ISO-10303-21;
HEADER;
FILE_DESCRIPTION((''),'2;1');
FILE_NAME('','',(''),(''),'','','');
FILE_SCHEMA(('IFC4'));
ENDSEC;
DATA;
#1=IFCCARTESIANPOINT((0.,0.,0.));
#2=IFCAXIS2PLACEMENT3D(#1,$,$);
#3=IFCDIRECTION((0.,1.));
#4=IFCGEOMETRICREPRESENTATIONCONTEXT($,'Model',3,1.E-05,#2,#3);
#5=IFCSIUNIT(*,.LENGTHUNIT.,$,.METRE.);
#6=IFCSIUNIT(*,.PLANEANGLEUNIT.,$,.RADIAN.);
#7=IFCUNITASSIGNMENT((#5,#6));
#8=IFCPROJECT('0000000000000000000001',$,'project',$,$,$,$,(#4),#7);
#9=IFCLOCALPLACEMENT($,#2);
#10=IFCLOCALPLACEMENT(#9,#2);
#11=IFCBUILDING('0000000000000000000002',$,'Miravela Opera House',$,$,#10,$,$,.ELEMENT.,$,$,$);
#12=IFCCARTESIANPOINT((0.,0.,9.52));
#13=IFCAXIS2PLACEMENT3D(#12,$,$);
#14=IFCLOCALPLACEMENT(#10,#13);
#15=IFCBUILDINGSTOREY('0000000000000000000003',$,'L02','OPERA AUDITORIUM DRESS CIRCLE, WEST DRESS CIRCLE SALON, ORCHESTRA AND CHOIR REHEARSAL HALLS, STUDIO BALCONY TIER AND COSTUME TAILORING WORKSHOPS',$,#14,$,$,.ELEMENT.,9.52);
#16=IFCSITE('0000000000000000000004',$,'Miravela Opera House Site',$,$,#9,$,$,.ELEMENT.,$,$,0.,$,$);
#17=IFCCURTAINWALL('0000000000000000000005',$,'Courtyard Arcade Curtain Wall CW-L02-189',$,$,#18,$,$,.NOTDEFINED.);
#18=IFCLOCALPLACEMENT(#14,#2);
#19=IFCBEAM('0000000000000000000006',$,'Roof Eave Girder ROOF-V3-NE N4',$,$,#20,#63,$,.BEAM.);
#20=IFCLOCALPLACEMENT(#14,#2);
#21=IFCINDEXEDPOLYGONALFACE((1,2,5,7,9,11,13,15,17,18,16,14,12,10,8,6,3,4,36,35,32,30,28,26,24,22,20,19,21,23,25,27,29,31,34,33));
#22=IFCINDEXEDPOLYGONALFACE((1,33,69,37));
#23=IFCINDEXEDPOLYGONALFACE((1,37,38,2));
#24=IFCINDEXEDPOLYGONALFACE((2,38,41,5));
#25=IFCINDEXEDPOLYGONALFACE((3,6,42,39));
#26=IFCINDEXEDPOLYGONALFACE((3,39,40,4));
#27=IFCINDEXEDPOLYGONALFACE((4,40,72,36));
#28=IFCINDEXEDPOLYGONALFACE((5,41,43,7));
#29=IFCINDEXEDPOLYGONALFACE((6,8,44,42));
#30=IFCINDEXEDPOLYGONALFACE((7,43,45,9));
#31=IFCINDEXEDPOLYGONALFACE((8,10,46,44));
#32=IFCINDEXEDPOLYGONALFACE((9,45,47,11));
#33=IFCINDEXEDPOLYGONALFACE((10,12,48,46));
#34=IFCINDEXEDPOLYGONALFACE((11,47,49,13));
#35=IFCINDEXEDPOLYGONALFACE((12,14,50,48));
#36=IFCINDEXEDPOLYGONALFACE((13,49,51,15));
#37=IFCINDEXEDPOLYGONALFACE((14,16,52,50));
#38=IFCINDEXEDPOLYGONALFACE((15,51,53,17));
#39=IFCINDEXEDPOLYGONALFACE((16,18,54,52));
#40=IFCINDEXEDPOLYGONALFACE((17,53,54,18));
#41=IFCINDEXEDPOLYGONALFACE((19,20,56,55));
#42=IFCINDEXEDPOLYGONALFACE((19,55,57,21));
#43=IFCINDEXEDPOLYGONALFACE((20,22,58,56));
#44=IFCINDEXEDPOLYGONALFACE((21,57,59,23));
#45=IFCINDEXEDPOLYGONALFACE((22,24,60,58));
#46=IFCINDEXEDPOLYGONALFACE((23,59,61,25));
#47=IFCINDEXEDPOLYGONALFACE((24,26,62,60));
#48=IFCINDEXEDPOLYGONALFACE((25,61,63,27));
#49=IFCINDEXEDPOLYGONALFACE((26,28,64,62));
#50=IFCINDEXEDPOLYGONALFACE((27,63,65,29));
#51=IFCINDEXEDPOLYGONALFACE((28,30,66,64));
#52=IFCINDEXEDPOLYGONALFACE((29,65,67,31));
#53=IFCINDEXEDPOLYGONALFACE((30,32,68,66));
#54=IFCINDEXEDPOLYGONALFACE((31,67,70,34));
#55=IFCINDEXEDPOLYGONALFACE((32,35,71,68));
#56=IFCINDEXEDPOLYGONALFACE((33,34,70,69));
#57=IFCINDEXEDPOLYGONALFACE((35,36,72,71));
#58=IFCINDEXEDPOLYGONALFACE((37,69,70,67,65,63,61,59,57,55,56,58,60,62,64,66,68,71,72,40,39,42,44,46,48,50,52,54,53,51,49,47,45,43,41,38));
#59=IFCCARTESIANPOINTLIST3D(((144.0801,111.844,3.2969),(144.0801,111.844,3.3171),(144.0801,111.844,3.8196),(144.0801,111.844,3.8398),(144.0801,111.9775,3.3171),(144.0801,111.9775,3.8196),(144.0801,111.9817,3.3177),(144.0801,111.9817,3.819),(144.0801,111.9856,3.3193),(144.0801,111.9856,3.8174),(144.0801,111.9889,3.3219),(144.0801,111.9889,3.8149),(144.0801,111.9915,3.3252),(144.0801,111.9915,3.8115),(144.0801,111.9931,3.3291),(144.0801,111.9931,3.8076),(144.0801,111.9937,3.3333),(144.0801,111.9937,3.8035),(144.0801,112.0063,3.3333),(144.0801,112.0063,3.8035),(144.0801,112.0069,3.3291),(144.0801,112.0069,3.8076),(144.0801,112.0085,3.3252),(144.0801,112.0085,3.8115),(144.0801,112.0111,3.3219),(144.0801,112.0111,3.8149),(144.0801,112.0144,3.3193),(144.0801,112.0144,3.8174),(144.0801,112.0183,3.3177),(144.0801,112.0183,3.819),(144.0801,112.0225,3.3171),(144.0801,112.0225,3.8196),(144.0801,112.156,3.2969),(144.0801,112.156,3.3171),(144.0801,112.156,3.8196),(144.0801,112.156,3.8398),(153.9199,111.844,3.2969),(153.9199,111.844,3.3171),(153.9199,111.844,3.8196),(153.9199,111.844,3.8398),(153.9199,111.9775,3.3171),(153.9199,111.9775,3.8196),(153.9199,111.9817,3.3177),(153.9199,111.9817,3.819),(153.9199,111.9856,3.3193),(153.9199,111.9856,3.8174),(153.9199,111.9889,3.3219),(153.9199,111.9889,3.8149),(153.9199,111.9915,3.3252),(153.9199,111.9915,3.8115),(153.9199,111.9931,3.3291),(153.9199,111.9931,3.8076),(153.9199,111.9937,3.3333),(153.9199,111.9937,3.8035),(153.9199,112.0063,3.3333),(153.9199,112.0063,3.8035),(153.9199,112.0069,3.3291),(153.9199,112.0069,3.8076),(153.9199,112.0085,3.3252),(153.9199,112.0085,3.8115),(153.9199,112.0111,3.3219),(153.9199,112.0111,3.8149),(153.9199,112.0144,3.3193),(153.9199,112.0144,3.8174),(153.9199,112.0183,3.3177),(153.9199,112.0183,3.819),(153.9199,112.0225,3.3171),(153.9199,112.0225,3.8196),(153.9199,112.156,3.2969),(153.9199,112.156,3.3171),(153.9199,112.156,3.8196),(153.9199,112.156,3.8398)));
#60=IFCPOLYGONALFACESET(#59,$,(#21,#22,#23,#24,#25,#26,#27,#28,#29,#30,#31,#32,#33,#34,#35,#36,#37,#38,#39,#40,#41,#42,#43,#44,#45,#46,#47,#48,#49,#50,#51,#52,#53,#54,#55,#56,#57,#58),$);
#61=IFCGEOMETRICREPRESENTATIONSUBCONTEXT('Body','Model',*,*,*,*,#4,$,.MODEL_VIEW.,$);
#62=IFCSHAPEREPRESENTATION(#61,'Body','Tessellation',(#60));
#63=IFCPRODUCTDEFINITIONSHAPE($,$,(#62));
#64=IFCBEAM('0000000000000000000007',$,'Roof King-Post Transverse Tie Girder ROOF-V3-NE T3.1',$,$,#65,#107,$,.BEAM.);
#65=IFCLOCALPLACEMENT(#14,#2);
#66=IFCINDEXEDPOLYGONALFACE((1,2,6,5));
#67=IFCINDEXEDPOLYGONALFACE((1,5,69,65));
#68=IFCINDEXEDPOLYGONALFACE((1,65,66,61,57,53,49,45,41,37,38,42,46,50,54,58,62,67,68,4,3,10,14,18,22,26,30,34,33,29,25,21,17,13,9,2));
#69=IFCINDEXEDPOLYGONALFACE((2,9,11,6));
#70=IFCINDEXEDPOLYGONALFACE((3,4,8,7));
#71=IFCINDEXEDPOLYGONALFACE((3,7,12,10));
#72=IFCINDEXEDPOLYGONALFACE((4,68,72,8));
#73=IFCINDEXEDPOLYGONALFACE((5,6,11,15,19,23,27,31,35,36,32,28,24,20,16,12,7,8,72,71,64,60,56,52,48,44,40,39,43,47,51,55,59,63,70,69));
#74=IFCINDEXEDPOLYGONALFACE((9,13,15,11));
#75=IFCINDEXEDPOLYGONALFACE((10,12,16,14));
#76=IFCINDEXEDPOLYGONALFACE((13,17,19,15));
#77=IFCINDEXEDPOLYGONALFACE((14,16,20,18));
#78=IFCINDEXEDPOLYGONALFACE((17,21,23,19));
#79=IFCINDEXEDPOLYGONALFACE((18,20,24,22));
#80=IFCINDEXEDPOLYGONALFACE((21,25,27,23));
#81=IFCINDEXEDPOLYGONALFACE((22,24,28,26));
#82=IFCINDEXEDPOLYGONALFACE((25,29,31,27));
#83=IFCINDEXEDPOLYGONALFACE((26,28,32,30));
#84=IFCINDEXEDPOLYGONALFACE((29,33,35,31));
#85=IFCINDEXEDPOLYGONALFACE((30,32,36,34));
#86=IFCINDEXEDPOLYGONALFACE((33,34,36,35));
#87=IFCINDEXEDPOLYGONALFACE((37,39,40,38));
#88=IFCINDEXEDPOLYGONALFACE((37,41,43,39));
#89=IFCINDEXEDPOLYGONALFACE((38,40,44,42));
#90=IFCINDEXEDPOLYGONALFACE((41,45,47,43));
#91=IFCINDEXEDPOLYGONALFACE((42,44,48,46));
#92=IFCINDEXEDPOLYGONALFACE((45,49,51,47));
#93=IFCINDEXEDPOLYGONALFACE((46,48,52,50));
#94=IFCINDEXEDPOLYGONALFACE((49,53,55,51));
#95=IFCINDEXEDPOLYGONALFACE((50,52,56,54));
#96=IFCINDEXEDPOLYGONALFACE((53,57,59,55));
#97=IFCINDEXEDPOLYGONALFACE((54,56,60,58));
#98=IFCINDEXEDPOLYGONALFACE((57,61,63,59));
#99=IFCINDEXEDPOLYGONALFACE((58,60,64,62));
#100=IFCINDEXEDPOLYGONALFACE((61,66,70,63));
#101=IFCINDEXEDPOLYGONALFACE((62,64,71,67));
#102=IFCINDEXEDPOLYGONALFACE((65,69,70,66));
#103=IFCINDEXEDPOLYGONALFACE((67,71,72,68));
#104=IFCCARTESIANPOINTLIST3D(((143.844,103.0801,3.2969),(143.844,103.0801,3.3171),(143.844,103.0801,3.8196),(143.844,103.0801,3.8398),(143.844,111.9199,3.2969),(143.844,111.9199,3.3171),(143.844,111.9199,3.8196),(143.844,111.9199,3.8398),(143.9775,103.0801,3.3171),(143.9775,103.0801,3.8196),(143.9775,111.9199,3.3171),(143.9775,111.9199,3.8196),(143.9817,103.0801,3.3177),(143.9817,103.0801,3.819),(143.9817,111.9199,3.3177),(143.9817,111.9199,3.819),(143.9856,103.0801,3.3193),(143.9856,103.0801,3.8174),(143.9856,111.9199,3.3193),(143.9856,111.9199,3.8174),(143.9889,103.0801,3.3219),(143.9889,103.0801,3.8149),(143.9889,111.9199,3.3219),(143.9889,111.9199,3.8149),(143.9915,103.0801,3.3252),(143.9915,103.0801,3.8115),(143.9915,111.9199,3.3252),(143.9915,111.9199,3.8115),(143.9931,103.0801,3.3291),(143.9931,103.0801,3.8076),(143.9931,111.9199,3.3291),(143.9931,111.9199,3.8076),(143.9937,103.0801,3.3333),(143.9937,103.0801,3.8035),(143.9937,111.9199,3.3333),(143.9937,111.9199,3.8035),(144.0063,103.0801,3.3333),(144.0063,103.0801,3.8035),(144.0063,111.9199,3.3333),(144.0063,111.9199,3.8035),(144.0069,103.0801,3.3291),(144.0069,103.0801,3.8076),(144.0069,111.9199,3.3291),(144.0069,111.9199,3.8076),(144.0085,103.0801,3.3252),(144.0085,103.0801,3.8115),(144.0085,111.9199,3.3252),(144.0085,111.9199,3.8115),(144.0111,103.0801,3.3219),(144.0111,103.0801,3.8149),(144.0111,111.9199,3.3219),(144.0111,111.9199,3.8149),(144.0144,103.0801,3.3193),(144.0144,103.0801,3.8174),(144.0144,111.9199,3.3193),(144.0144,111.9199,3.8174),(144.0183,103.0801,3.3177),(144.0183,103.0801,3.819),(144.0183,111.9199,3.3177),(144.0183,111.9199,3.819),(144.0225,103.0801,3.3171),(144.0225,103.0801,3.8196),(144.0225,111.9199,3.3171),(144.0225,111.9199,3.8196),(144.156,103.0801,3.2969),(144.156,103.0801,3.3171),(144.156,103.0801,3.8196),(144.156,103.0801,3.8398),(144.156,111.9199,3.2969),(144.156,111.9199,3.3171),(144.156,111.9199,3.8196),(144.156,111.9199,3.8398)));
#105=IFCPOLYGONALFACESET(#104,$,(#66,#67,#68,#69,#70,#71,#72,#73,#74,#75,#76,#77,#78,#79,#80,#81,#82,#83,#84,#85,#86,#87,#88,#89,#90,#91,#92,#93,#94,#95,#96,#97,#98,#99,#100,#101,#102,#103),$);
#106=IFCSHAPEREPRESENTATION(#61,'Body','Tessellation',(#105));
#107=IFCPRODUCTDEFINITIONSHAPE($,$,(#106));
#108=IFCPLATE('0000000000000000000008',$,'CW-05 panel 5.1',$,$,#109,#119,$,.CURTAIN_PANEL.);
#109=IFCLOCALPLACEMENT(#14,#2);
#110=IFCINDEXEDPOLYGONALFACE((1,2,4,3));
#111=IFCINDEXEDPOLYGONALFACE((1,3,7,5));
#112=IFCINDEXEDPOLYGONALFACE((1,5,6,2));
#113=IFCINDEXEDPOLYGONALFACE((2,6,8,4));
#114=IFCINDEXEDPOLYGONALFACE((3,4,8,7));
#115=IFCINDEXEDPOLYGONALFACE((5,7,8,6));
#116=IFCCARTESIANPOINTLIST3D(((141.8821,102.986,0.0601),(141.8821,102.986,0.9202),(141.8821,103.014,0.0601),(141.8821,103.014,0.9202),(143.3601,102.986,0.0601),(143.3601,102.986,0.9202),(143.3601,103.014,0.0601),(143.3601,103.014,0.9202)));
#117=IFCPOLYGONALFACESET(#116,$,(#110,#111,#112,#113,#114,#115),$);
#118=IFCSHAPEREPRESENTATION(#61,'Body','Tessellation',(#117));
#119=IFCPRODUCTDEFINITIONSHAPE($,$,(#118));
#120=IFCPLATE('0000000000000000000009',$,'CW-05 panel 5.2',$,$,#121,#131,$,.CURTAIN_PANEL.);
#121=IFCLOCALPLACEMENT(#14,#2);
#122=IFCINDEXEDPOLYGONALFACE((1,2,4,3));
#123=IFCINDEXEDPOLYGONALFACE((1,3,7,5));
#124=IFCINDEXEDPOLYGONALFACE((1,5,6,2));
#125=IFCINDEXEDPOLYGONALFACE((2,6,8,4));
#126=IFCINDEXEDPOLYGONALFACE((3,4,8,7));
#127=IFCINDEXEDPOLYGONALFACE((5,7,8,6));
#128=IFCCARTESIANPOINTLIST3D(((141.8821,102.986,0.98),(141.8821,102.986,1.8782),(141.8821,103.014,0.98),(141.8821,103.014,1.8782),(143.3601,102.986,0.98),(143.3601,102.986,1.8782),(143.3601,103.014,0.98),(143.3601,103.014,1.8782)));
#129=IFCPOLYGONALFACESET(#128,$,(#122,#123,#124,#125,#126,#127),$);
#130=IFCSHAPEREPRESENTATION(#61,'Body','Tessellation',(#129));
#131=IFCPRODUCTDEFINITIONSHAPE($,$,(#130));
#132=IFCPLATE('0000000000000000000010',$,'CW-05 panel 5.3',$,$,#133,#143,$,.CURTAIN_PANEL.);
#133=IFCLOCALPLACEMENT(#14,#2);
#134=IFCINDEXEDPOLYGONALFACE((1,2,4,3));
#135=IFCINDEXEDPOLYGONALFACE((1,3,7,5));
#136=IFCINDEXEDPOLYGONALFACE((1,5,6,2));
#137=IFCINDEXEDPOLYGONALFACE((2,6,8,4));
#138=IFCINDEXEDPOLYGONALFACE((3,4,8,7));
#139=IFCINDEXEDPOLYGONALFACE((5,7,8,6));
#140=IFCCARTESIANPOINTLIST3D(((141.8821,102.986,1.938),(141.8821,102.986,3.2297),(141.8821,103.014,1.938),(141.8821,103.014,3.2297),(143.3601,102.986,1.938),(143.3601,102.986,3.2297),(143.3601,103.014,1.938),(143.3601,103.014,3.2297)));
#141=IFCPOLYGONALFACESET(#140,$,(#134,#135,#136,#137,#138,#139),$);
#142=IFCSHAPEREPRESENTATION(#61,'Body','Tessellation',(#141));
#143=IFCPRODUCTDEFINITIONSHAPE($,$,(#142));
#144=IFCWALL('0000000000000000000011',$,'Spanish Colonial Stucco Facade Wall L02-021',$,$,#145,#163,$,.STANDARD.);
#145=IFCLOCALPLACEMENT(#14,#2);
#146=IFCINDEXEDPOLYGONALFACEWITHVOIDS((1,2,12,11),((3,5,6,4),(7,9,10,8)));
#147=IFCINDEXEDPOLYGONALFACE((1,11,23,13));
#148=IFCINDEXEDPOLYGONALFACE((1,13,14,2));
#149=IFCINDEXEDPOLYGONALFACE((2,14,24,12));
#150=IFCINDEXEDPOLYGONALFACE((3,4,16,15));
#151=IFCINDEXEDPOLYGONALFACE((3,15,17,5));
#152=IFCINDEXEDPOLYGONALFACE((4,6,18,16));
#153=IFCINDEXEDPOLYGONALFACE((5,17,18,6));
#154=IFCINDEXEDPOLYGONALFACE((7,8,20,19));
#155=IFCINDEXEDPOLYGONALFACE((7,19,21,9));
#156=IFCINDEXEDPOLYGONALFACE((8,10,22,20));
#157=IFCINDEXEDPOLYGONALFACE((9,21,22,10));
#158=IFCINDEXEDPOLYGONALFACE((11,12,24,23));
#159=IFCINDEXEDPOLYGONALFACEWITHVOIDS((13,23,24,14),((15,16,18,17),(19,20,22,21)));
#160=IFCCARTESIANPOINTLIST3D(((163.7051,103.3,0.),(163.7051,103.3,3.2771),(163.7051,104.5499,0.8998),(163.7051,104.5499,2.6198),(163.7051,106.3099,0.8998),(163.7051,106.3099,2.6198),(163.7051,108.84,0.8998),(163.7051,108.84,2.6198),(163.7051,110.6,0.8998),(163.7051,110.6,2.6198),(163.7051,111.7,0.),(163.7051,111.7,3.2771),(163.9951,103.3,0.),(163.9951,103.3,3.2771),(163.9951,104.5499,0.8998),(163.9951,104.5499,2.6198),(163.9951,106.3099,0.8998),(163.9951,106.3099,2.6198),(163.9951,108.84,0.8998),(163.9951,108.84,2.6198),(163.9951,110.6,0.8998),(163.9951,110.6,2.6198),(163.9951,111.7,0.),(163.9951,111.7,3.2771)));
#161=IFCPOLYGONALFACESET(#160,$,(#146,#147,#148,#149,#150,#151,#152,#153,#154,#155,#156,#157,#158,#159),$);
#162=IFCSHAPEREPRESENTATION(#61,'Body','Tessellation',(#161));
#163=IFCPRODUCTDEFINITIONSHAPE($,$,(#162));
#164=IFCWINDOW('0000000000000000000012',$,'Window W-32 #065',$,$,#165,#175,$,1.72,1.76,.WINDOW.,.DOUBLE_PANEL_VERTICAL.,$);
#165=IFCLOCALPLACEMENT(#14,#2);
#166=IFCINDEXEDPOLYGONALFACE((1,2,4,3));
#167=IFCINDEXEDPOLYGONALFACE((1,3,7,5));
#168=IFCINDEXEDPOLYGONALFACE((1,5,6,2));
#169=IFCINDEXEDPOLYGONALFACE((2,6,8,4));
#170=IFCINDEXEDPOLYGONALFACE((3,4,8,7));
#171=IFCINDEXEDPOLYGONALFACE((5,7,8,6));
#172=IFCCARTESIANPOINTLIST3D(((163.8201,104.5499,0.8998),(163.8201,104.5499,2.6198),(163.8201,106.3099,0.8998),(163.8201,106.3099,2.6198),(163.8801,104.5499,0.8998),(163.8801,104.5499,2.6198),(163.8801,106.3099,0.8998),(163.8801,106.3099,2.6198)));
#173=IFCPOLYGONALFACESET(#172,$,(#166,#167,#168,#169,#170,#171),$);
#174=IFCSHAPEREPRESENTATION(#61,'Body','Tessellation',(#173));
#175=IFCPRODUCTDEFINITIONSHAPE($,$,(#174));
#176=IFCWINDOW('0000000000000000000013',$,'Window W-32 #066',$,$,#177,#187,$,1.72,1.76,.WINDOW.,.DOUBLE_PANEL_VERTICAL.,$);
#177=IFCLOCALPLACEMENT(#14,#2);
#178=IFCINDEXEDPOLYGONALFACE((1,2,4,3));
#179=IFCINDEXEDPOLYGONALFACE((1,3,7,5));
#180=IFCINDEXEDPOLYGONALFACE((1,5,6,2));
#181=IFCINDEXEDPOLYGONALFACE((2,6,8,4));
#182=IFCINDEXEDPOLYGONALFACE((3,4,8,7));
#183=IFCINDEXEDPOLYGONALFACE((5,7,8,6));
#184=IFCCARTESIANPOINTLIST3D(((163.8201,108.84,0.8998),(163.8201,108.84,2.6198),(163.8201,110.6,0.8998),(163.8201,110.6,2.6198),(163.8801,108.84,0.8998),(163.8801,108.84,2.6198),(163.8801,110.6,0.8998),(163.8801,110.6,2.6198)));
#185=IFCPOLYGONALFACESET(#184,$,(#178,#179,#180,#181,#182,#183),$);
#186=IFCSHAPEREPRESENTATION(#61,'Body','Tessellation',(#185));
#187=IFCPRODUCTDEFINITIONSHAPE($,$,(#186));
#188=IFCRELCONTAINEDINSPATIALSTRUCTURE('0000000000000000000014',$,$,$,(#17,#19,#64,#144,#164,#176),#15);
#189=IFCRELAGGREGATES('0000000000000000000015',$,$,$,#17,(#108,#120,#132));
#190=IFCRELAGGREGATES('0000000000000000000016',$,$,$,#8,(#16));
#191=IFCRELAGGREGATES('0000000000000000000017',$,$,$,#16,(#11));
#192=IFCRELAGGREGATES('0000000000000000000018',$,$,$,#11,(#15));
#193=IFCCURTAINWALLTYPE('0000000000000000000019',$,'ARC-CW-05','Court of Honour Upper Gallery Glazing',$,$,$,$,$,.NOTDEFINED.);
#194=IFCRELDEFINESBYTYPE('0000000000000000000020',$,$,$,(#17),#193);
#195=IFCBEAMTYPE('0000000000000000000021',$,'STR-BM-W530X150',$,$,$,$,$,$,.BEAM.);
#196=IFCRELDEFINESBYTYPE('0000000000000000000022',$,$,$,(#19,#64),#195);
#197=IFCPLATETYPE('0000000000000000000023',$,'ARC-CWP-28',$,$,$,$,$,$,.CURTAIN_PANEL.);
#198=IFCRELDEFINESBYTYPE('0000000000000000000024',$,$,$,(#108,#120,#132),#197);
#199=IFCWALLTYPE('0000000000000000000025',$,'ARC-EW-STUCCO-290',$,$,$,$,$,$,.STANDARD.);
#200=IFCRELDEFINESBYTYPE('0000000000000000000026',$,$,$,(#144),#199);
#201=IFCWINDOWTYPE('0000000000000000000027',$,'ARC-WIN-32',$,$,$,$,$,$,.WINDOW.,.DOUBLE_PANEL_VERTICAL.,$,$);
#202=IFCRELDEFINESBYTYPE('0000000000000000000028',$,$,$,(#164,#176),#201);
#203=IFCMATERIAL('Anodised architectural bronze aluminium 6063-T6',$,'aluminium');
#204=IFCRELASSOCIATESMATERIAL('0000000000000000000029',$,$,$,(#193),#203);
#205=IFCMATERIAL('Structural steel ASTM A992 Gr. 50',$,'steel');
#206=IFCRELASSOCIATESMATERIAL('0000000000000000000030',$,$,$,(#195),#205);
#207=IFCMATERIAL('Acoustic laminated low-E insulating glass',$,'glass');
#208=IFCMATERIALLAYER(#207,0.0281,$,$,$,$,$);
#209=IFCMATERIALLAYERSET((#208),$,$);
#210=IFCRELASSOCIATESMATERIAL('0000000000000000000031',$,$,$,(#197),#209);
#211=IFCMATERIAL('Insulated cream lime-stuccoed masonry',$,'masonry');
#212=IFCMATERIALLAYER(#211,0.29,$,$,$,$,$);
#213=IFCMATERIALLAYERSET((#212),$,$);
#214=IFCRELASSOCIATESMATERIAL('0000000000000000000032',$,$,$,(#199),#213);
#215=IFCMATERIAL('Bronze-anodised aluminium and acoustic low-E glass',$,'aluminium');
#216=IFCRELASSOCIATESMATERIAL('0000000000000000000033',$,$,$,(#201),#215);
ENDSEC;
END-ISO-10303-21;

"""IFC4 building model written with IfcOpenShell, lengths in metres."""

from ifc_helpers import new_model, si_unit, direction, frame, frame_2d, origin, origin_2d, place, context, subcontext, project, spatial, rectangle, i_section, extrude, material, layer, layer_set, material_profile, profile_set, type_object, element, fill, aggregate, save


model = new_model("IFC4")

# Units and contexts
model_context = context("Model", 3, precision=1e-05, world=origin(), true_north=direction((0.0, 1.0)))
body_context = subcontext(model_context, "Body", "Model", "MODEL_VIEW")
ifc_project = project(units=[si_unit("LENGTHUNIT", "METRE"), si_unit("PLANEANGLEUNIT", "RADIAN")], contexts=[model_context])

# Site, building, storey
site_placement = place(None, origin())
site = spatial("IfcSite", under=ifc_project, at=site_placement, Name="Miravela Opera House Site", CompositionType="ELEMENT", RefElevation=0.0)
building_placement = place(site_placement, origin())
building = spatial("IfcBuilding", under=site, at=building_placement, Name="Miravela Opera House", CompositionType="ELEMENT")
storey_placement = place(building_placement, frame((0.0, 0.0, 9.52)))
storey = spatial("IfcBuildingStorey", under=building, at=storey_placement, Name="L02", Description="OPERA AUDITORIUM DRESS CIRCLE, WEST DRESS CIRCLE SALON, ORCHESTRA AND CHOIR REHEARSAL HALLS, STUDIO BALCONY TIER AND COSTUME TAILORING WORKSHOPS", CompositionType="ELEMENT", Elevation=9.52)

# Curtain wall
ifc_material_1 = material(Name="Anodised architectural bronze aluminium 6063-T6", Category="aluminium")
curtain_wall_type = type_object("IfcCurtainWallType", Name="ARC-CW-05", Description="Court of Honour Upper Gallery Glazing", PredefinedType="NOTDEFINED", material=ifc_material_1)
curtain_wall_placement = place(storey_placement, origin())
curtain_wall = element("IfcCurtainWall", 1, at=curtain_wall_placement, inside=storey, type_object=curtain_wall_type, Name="Courtyard Arcade Curtain Wall CW-L02-189", PredefinedType="NOTDEFINED")

# Beams
ifc_material_2 = material(Name="Structural steel ASTM A992 Gr. 50", Category="steel")
ifc_material_profile_1 = material_profile(ifc_material_2, i_section(OverallWidth=0.312, OverallDepth=0.543, WebThickness=0.0127, FlangeThickness=0.0203, FilletRadius=0.0161, at=origin_2d()), Name="W530X150")
ifc_profile_set_1 = profile_set([ifc_material_profile_1])
beam_type = type_object("IfcBeamType", Name="STR-BM-W530X150", PredefinedType="BEAM", material=ifc_profile_set_1)
for number, where, z_axis, x_axis, name in (
    (2, (144.0801, 112.0, 3.5684), (1.0, 0.0, 0.0), (0.0, 1.0, 0.0), "Roof Eave Girder ROOF-V3-NE N4"),
):
    element("IfcBeam", number, at=place(storey_placement, frame(where, z_axis=z_axis, x_axis=x_axis)), inside=storey, type_object=beam_type, Name=name, PredefinedType="BEAM", context=body_context, shape_type="SweptSolid", body=[
        extrude(i_section(OverallWidth=0.312, OverallDepth=0.543, WebThickness=0.0127, FlangeThickness=0.0203, FilletRadius=0.0161, at=origin_2d()), origin(), (0.0, 0.0, 1.0), 9.8398),
    ])
beam_placement = place(storey_placement, frame((144.0, 103.0801, 3.5684), z_axis=(0.0, 1.0, 0.0), x_axis=(-1.0, 0.0, 0.0)))
element("IfcBeam", 3, at=beam_placement, inside=storey, type_object=beam_type, Name="Roof King-Post Transverse Tie Girder ROOF-V3-NE T3.1", PredefinedType="BEAM", context=body_context, shape_type="SweptSolid", body=[
    extrude(i_section(OverallWidth=0.312, OverallDepth=0.543, WebThickness=0.0127, FlangeThickness=0.0203, FilletRadius=0.0161, at=origin_2d()), origin(), (0.0, 0.0, 1.0), 8.8398),
])

# Plates
ifc_material_3 = material(Name="Acoustic laminated low-E insulating glass", Category="glass")
ifc_layer_1 = layer(ifc_material_3, 0.0281)
ifc_layer_set_1 = layer_set([ifc_layer_1])
plate_type = type_object("IfcPlateType", Name="ARC-CWP-28", PredefinedType="CURTAIN_PANEL", material=ifc_layer_set_1)
plate_1_placement = place(storey_placement, frame((142.6211, 103.0, 0.0601), z_axis=(0.0, 0.0, 1.0), x_axis=(1.0, 0.0, 0.0)))
plate_1 = element("IfcPlate", 4, at=plate_1_placement, type_object=plate_type, Name="CW-05 panel 5.1", PredefinedType="CURTAIN_PANEL", context=body_context, shape_type="SweptSolid", body=[
    extrude(rectangle(XDim=1.478, YDim=0.0281, at=origin_2d()), origin(), (0.0, 0.0, 1.0), 0.8601),
])
plate_2_placement = place(storey_placement, frame((142.6211, 103.0, 0.98), z_axis=(0.0, 0.0, 1.0), x_axis=(1.0, 0.0, 0.0)))
plate_2 = element("IfcPlate", 5, at=plate_2_placement, type_object=plate_type, Name="CW-05 panel 5.2", PredefinedType="CURTAIN_PANEL", context=body_context, shape_type="SweptSolid", body=[
    extrude(rectangle(XDim=1.478, YDim=0.0281, at=origin_2d()), origin(), (0.0, 0.0, 1.0), 0.8982),
])
plate_3_placement = place(storey_placement, frame((142.6211, 103.0, 1.938), z_axis=(0.0, 0.0, 1.0), x_axis=(1.0, 0.0, 0.0)))
plate_3 = element("IfcPlate", 6, at=plate_3_placement, type_object=plate_type, Name="CW-05 panel 5.3", PredefinedType="CURTAIN_PANEL", context=body_context, shape_type="SweptSolid", body=[
    extrude(rectangle(XDim=1.478, YDim=0.0281, at=origin_2d()), origin(), (0.0, 0.0, 1.0), 1.2917),
])
aggregate(curtain_wall, [plate_1, plate_2, plate_3])

# Wall, openings, windows
ifc_material_4 = material(Name="Insulated cream lime-stuccoed masonry", Category="masonry")
ifc_layer_2 = layer(ifc_material_4, 0.29)
ifc_layer_set_2 = layer_set([ifc_layer_2])
wall_type_1 = type_object("IfcWallType", Name="ARC-EW-STUCCO-290", PredefinedType="STANDARD", material=ifc_layer_set_2)
wall_1_placement = place(storey_placement, frame((163.8501, 103.3, 0.0), z_axis=(0.0, 0.0, 1.0), x_axis=(0.0, 1.0, 0.0)))
wall_1 = element("IfcWall", 7, at=wall_1_placement, inside=storey, type_object=wall_type_1, Name="Spanish Colonial Stucco Facade Wall L02-021", PredefinedType="STANDARD", context=body_context, shape_type="SweptSolid", body=[
    extrude(rectangle(XDim=8.3999, YDim=0.29, at=frame_2d((4.2, 0.0))), origin(), (0.0, 0.0, 1.0), 3.2771),
])
opening_1_placement = place(wall_1_placement, frame((1.25, 0.0, 0.8999)))
opening_1 = element("IfcOpeningElement", 8, at=opening_1_placement, cuts=wall_1, PredefinedType="OPENING", context=body_context, shape_type="SweptSolid", body=[
    extrude(rectangle(XDim=1.76, YDim=1.72, at=frame_2d((0.8799, 0.8599))), frame((0.0, 0.155, 0.0), z_axis=(0.0, -1.0, 0.0), x_axis=(1.0, 0.0, 0.0)), (0.0, 0.0, 1.0), 0.3101),
])
opening_2_placement = place(wall_1_placement, frame((5.54, 0.0, 0.8999)))
opening_2 = element("IfcOpeningElement", 9, at=opening_2_placement, cuts=wall_1, PredefinedType="OPENING", context=body_context, shape_type="SweptSolid", body=[
    extrude(rectangle(XDim=1.76, YDim=1.72, at=frame_2d((0.8799, 0.8599))), frame((0.0, 0.155, 0.0), z_axis=(0.0, -1.0, 0.0), x_axis=(1.0, 0.0, 0.0)), (0.0, 0.0, 1.0), 0.3101),
])
ifc_material_5 = material(Name="Bronze-anodised aluminium and acoustic low-E glass", Category="aluminium")
window_type = type_object("IfcWindowType", Name="ARC-WIN-32", PartitioningType="DOUBLE_PANEL_VERTICAL", PredefinedType="WINDOW", material=ifc_material_5)
window_1_placement = place(opening_1_placement, origin())
window_1 = element("IfcWindow", 10, at=window_1_placement, inside=storey, type_object=window_type, Name="Window W-32 #065", OverallHeight=1.72, OverallWidth=1.76, PartitioningType="DOUBLE_PANEL_VERTICAL", PredefinedType="WINDOW", context=body_context, shape_type="SweptSolid", body=[
    extrude(rectangle(XDim=1.76, YDim=1.72, at=frame_2d((0.8799, 0.8599))), frame((0.0, 0.03, 0.0), z_axis=(0.0, -1.0, 0.0), x_axis=(1.0, 0.0, 0.0)), (0.0, 0.0, 1.0), 0.0601),
])
fill(opening_1, window_1)
window_2_placement = place(opening_2_placement, origin())
window_2 = element("IfcWindow", 11, at=window_2_placement, inside=storey, type_object=window_type, Name="Window W-32 #066", OverallHeight=1.72, OverallWidth=1.76, PartitioningType="DOUBLE_PANEL_VERTICAL", PredefinedType="WINDOW", context=body_context, shape_type="SweptSolid", body=[
    extrude(rectangle(XDim=1.76, YDim=1.72, at=frame_2d((0.8799, 0.8599))), frame((0.0, 0.03, 0.0), z_axis=(0.0, -1.0, 0.0), x_axis=(1.0, 0.0, 0.0)), (0.0, 0.0, 1.0), 0.0601),
])
fill(opening_2, window_2)

save(model, "model.ifc")
